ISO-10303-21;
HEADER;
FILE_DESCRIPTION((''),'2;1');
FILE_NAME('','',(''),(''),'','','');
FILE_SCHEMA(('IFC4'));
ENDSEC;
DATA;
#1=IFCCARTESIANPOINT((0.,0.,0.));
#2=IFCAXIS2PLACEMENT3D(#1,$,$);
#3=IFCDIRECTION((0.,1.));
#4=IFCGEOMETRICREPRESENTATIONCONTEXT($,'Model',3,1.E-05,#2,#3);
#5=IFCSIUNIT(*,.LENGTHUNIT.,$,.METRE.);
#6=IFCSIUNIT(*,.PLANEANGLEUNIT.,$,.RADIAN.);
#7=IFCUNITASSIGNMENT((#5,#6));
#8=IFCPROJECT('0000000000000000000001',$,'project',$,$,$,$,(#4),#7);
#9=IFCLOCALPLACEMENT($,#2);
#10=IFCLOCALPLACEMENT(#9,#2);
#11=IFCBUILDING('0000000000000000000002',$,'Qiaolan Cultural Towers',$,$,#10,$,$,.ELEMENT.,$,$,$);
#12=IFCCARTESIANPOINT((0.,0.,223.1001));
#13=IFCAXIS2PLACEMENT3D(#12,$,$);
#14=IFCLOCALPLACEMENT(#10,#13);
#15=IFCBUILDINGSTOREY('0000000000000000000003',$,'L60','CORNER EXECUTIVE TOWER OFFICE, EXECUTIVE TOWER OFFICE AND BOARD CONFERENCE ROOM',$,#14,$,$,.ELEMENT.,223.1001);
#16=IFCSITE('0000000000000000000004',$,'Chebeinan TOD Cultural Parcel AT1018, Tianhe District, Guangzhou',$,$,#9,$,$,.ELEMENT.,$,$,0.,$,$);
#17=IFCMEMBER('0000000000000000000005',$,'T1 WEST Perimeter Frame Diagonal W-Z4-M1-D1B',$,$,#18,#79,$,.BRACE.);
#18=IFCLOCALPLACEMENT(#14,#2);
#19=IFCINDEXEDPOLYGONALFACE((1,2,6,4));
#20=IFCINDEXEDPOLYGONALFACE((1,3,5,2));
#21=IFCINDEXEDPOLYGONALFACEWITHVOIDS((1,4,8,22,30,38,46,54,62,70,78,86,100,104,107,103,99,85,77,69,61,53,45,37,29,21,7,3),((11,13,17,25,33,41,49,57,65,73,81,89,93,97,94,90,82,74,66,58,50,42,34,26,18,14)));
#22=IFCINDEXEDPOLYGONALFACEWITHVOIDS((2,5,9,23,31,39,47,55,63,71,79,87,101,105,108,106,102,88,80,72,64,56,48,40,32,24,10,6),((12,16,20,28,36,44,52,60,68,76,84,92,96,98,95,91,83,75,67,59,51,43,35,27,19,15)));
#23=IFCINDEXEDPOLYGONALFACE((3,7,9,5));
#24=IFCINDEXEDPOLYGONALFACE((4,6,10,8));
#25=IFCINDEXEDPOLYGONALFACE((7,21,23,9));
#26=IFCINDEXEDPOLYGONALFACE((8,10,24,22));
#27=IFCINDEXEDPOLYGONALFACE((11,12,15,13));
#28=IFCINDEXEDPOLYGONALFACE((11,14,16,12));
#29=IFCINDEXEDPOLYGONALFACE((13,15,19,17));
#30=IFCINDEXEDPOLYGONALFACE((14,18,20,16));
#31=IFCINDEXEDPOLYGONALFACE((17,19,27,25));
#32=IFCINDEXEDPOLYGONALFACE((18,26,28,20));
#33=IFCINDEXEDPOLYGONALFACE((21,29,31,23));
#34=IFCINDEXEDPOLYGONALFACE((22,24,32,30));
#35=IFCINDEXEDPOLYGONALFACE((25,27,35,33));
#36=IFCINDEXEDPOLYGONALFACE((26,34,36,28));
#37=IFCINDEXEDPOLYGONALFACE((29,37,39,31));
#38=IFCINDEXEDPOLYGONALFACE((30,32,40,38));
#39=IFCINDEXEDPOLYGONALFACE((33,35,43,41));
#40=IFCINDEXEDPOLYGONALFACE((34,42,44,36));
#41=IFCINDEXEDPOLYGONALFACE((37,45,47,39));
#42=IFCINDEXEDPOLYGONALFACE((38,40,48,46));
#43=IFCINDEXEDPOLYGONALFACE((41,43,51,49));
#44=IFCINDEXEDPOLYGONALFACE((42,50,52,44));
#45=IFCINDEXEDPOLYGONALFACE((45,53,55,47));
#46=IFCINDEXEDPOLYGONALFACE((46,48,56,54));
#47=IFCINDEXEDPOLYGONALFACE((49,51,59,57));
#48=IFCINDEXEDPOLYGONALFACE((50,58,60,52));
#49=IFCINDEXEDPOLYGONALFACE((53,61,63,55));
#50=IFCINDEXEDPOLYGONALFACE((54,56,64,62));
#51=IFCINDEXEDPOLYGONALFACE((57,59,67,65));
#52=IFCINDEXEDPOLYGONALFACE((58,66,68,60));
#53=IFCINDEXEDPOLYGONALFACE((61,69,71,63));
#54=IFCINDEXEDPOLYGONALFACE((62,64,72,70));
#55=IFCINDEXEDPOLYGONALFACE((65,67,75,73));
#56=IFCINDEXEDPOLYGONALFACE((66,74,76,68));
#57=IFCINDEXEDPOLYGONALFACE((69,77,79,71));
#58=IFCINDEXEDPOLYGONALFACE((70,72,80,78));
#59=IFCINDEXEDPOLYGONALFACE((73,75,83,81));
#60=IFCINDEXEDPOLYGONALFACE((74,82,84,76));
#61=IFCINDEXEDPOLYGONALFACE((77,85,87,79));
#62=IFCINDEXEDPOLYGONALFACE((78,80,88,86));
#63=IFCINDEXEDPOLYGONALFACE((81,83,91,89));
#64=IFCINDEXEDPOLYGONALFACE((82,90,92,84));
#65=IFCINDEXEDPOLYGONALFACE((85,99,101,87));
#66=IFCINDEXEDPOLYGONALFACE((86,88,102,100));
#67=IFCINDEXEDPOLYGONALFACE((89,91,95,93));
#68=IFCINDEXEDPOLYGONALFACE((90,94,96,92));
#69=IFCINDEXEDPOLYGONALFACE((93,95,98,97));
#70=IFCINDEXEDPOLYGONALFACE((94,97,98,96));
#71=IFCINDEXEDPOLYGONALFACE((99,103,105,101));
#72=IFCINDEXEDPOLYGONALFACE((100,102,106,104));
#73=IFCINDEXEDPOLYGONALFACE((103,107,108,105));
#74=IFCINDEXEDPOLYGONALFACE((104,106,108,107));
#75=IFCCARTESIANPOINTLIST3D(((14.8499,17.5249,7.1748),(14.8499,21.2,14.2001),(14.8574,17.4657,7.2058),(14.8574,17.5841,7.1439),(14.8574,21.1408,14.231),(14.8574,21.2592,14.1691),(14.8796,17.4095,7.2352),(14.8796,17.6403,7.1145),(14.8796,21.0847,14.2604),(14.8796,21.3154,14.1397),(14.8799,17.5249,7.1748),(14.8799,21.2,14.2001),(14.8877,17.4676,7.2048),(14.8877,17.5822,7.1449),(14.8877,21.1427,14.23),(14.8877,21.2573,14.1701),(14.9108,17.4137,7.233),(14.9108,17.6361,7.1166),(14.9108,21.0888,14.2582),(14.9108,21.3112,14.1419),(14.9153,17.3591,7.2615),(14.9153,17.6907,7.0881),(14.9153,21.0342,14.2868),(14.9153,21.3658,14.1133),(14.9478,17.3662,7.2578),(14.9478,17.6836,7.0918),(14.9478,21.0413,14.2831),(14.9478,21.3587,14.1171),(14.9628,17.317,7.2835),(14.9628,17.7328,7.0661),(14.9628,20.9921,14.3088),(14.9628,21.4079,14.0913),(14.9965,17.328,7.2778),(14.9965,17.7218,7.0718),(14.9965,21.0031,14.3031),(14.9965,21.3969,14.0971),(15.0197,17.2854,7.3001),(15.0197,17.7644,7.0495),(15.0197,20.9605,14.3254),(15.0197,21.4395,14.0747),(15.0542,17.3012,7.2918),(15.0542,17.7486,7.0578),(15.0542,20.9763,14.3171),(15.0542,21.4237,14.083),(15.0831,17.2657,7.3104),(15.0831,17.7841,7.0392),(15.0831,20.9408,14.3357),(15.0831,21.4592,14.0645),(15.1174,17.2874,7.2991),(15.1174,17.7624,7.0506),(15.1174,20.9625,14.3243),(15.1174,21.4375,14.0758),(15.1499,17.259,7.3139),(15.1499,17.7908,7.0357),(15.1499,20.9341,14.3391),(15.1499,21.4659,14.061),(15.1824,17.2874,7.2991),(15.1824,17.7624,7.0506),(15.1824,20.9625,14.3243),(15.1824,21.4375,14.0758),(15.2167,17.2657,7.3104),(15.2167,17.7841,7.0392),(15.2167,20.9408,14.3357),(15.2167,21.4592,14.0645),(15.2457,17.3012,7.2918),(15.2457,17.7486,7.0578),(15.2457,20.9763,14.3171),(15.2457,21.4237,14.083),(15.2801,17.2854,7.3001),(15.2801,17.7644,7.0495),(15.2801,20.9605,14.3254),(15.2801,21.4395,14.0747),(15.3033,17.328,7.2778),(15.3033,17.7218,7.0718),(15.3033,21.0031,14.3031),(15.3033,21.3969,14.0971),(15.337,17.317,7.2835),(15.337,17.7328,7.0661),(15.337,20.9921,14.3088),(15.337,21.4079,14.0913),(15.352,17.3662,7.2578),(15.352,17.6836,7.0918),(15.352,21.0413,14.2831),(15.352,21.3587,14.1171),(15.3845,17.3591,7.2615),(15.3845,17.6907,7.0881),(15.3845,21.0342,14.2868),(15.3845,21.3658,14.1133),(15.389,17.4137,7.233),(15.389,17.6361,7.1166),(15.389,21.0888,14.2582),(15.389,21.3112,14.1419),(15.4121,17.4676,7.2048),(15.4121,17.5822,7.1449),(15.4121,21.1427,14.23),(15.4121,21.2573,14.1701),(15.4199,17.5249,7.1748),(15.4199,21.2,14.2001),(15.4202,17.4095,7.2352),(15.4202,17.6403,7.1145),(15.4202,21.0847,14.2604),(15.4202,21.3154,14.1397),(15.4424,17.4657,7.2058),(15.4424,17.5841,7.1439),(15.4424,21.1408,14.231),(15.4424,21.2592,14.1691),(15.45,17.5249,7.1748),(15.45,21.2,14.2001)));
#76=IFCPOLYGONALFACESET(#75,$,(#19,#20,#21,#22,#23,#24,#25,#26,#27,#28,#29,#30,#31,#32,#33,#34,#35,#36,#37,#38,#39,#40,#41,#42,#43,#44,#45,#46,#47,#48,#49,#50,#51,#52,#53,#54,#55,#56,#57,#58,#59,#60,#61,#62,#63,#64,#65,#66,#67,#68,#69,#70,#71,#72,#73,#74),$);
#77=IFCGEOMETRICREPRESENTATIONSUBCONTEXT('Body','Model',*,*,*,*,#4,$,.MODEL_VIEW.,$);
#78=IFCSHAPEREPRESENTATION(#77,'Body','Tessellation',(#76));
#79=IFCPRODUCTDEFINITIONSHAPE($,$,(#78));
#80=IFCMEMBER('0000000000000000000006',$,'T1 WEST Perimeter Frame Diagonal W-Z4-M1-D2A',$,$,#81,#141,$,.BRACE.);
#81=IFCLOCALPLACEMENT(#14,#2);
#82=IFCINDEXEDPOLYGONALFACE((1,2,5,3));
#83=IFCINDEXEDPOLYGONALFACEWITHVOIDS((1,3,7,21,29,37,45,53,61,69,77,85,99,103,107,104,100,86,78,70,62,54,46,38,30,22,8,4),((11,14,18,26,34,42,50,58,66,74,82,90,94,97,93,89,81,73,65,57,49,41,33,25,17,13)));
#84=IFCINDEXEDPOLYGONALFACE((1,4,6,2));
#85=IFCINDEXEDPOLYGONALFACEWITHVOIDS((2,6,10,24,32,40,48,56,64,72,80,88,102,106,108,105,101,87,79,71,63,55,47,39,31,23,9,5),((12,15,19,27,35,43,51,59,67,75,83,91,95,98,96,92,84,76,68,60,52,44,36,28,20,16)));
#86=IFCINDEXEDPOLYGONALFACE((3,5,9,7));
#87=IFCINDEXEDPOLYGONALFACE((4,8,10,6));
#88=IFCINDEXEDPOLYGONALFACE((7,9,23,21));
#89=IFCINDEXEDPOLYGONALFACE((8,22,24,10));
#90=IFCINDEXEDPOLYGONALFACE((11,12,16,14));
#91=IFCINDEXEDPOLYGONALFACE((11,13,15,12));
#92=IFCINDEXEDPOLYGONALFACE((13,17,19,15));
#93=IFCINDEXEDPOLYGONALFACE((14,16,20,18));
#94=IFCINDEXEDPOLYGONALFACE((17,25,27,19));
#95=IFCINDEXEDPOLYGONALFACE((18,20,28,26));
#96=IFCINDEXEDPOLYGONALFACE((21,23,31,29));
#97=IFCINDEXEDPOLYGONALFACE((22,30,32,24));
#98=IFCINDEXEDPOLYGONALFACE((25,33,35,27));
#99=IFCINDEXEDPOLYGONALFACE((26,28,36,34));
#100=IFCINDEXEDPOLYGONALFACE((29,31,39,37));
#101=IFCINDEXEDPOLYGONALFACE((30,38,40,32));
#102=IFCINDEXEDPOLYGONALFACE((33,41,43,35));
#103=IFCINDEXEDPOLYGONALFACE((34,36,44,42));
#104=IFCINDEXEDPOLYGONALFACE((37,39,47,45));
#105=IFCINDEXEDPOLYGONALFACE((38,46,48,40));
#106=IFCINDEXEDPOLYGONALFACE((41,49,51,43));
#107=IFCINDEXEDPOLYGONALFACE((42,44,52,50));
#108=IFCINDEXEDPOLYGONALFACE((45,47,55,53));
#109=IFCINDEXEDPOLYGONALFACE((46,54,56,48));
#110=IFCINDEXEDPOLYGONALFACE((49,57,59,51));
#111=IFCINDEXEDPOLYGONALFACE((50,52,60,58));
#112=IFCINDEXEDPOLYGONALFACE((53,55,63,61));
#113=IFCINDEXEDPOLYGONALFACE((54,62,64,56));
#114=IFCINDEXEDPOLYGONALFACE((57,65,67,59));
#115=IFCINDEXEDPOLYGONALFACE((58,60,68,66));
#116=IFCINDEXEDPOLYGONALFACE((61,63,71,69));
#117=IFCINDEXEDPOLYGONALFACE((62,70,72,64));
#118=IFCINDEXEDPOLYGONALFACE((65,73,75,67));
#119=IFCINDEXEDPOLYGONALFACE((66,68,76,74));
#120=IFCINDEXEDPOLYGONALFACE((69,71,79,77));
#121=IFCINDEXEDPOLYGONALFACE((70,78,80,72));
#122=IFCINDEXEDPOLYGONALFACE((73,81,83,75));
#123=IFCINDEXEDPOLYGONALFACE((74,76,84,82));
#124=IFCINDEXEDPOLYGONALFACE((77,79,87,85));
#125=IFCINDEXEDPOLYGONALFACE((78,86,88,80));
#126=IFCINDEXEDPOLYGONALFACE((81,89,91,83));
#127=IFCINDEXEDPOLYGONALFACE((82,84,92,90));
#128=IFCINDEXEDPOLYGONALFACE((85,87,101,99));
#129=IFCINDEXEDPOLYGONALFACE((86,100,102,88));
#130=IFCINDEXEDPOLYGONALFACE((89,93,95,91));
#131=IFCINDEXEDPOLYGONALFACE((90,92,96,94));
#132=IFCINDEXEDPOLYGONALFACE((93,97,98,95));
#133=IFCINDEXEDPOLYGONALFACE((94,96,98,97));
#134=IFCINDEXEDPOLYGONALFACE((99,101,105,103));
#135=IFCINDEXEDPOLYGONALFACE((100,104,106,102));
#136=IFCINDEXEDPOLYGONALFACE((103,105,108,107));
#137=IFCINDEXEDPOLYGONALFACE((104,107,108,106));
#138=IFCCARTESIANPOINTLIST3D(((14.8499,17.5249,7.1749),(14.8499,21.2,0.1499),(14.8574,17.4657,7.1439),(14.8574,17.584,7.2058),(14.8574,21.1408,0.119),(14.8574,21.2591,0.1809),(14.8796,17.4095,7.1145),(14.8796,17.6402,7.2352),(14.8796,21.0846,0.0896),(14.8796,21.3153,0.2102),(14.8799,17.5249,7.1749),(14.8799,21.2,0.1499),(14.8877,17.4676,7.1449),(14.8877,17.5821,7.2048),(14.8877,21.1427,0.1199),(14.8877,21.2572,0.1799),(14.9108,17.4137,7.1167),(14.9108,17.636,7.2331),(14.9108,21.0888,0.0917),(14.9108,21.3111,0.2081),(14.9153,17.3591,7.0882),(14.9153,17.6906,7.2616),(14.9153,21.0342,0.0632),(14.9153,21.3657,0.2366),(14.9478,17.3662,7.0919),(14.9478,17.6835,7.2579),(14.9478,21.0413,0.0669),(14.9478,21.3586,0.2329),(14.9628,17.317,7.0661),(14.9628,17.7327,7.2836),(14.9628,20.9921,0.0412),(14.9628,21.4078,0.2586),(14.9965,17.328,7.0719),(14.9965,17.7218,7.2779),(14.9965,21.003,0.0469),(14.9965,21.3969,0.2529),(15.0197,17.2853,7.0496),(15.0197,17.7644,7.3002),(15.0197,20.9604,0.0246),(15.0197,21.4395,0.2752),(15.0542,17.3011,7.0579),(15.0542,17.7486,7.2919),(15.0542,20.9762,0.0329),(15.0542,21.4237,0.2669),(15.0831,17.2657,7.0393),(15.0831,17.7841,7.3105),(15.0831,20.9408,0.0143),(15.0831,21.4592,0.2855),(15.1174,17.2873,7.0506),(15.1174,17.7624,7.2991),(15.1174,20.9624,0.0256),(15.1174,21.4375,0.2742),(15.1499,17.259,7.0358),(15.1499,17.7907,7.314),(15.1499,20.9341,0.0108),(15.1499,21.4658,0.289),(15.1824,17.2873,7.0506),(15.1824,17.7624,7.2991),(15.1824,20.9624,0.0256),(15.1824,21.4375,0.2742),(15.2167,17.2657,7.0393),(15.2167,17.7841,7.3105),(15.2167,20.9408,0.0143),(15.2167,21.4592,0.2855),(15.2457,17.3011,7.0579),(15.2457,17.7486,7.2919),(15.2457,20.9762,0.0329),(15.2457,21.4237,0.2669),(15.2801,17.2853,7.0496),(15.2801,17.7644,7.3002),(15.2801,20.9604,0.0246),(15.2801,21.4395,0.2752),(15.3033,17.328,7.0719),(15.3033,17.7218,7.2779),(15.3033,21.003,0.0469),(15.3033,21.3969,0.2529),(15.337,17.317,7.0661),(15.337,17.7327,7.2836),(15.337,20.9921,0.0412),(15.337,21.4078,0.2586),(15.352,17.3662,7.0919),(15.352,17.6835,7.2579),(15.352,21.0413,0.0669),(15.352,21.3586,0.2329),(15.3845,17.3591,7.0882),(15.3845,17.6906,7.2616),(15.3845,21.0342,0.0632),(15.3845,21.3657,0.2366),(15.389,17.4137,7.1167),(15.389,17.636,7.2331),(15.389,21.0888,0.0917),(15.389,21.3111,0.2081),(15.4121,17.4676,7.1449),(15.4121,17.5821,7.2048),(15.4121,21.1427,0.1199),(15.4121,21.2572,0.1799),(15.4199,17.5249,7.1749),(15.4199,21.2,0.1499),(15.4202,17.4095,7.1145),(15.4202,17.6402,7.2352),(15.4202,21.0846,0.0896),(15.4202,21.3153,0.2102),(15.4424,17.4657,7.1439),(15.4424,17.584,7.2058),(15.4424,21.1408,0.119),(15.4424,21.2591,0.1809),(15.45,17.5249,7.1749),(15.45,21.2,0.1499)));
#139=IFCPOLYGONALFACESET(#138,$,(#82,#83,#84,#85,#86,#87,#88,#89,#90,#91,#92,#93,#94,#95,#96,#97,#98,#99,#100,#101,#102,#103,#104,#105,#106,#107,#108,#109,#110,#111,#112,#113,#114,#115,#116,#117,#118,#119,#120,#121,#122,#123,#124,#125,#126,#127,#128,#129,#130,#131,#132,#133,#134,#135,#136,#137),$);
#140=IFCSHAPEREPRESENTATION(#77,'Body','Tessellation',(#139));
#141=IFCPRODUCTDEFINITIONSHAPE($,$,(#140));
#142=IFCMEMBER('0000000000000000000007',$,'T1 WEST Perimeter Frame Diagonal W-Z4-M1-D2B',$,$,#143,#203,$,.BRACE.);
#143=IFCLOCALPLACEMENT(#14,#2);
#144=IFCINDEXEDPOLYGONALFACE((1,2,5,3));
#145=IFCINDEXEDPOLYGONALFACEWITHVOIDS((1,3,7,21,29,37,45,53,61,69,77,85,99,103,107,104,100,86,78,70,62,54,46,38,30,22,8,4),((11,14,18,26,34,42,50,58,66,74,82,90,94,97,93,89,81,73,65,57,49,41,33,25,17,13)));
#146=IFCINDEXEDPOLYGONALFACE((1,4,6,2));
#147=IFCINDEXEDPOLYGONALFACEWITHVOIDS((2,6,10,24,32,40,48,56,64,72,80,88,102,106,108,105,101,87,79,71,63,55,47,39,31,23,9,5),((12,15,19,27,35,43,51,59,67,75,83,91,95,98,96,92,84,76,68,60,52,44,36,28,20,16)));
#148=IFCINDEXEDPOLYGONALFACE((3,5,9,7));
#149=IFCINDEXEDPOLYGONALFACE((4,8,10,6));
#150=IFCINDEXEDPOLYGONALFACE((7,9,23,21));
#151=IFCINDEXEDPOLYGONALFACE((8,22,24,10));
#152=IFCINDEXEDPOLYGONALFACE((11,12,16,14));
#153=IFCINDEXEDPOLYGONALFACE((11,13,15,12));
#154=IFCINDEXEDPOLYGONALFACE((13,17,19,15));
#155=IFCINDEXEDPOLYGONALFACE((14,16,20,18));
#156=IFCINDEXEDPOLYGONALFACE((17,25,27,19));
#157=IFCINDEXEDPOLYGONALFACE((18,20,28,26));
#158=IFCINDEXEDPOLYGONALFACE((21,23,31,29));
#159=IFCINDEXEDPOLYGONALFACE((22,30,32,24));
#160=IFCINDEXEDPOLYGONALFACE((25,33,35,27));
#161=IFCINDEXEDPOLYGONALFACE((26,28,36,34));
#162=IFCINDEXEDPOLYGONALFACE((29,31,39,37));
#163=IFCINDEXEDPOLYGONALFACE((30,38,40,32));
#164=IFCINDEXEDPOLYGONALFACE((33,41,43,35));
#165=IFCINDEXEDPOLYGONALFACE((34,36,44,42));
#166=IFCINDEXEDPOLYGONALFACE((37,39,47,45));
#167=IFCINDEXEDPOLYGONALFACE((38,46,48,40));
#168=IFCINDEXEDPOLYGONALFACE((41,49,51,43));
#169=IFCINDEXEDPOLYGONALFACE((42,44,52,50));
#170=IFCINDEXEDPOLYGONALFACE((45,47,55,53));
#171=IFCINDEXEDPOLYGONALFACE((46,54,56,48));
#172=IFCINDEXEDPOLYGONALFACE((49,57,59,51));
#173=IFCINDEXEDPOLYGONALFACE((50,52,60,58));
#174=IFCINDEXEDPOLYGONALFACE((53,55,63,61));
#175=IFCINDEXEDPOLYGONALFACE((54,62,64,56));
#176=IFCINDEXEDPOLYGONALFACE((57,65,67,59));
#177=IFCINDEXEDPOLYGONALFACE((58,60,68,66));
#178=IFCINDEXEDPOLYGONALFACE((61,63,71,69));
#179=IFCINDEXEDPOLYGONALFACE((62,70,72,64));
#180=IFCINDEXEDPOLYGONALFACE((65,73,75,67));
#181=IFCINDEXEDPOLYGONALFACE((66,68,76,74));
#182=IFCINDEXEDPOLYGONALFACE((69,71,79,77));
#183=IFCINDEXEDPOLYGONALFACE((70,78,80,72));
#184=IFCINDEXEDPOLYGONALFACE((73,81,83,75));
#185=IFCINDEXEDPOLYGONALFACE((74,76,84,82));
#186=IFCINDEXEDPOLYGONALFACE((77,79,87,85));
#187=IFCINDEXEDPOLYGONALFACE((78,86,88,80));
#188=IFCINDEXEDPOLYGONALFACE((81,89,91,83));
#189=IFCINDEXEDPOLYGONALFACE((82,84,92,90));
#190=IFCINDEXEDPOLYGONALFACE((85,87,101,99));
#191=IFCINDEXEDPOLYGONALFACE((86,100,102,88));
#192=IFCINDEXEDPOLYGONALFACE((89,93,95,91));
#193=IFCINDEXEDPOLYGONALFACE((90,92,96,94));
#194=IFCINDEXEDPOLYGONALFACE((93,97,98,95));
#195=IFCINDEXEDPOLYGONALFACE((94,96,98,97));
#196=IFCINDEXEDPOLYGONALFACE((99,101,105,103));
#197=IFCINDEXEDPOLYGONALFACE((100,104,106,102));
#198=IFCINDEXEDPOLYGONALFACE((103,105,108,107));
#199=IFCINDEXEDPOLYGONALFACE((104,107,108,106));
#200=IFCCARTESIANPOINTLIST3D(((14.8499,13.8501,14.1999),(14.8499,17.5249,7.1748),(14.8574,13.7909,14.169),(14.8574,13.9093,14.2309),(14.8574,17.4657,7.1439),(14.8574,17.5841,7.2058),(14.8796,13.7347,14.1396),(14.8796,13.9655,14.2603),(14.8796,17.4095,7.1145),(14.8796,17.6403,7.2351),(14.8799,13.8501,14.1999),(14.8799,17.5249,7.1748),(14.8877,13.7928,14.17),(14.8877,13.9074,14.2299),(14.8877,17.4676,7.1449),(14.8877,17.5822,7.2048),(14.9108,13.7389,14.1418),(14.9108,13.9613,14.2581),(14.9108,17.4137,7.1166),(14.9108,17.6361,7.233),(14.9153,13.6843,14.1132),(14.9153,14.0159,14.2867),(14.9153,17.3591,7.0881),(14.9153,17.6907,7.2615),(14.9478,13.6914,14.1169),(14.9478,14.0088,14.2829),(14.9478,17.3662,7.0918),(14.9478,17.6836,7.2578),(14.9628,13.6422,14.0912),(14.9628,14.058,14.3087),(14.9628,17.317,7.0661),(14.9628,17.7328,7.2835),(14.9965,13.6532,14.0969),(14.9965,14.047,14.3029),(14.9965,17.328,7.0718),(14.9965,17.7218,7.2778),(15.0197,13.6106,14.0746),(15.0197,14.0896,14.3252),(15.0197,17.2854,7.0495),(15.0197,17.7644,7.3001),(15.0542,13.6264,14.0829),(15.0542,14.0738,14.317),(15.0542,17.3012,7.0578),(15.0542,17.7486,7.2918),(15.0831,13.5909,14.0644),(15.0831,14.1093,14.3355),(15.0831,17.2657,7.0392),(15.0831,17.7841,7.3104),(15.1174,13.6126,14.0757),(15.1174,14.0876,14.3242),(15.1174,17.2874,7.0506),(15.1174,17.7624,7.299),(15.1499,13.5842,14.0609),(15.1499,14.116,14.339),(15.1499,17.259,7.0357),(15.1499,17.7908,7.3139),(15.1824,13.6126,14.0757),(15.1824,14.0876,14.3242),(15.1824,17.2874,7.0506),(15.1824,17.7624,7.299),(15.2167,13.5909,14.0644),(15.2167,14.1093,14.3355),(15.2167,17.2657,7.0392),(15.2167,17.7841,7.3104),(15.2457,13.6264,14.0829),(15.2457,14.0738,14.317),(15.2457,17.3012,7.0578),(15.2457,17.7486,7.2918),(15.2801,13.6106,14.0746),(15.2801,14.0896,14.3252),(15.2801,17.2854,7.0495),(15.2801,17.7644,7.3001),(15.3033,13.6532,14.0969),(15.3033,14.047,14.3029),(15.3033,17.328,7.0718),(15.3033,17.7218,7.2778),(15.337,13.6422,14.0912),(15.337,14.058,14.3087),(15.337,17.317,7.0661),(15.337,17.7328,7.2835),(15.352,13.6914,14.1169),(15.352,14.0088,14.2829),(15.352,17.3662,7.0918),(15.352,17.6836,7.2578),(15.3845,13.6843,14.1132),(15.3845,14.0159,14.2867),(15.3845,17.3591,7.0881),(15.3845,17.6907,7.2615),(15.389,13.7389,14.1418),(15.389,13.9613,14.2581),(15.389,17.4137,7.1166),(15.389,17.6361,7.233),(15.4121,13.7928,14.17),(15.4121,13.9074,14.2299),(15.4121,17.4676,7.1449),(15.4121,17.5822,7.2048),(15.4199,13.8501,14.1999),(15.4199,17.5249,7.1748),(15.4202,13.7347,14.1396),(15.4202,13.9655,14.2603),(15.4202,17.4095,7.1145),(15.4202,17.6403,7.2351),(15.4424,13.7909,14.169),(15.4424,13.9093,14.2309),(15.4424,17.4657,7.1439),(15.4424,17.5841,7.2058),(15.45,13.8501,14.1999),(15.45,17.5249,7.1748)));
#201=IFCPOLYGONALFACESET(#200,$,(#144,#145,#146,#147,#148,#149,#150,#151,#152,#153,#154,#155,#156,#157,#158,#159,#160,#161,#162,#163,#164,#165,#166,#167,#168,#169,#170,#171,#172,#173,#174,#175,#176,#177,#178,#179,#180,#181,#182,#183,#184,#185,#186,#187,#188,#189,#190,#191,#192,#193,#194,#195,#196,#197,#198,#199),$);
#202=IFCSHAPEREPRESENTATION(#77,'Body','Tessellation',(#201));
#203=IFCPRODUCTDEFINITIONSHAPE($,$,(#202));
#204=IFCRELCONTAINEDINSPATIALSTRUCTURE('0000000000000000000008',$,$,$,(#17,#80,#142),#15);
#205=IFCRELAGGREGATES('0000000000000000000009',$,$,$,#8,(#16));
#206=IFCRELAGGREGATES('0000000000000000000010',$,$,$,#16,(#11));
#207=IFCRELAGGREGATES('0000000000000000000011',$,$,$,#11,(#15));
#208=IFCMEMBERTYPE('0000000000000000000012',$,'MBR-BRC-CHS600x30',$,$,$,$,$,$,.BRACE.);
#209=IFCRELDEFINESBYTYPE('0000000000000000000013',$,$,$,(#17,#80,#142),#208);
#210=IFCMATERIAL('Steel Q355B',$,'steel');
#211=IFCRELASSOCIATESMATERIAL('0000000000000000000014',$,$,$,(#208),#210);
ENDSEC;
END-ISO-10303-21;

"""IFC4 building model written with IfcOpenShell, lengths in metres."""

from ifc_helpers import new_model, si_unit, direction, frame, origin, origin_2d, place, context, subcontext, project, spatial, hollow_circle, extrude, material, material_profile, profile_set, type_object, element, save


model = new_model("IFC4")

# Units and contexts
model_context = context("Model", 3, precision=1e-05, world=origin(), true_north=direction((0.0, 1.0)))
body_context = subcontext(model_context, "Body", "Model", "MODEL_VIEW")
ifc_project = project(units=[si_unit("LENGTHUNIT", "METRE"), si_unit("PLANEANGLEUNIT", "RADIAN")], contexts=[model_context])

# Site, building, storey
site_placement = place(None, origin())
site = spatial("IfcSite", under=ifc_project, at=site_placement, Name="Chebeinan TOD Cultural Parcel AT1018, Tianhe District, Guangzhou", CompositionType="ELEMENT", RefElevation=0.0)
building_placement = place(site_placement, origin())
building = spatial("IfcBuilding", under=site, at=building_placement, Name="Qiaolan Cultural Towers", CompositionType="ELEMENT")
storey_placement = place(building_placement, frame((0.0, 0.0, 223.1001)))
storey = spatial("IfcBuildingStorey", under=building, at=storey_placement, Name="L60", Description="CORNER EXECUTIVE TOWER OFFICE, EXECUTIVE TOWER OFFICE AND BOARD CONFERENCE ROOM", CompositionType="ELEMENT", Elevation=223.1001)

# Members
ifc_material_1 = material(Name="Steel Q355B", Category="steel")
ifc_material_profile_1 = material_profile(ifc_material_1, hollow_circle(Radius=0.3, WallThickness=0.03, at=origin_2d()), Name="CHS600x30")
ifc_profile_set_1 = profile_set([ifc_material_profile_1], Name="Steel Q355B")
member_type = type_object("IfcMemberType", Name="MBR-BRC-CHS600x30", PredefinedType="BRACE", material=ifc_profile_set_1)
member_placement = place(storey_placement, frame((15.1499, 17.5249, 7.1748), z_axis=(0.0, 0.463533, 0.88608), x_axis=(-1.0, 0.0, 0.0)))
element("IfcMember", 1, at=member_placement, inside=storey, type_object=member_type, Name="T1 WEST Perimeter Frame Diagonal W-Z4-M1-D1B", PredefinedType="BRACE", context=body_context, shape_type="SweptSolid", body=[
    extrude(hollow_circle(Radius=0.3, WallThickness=0.03, at=origin_2d()), origin(), (0.0, 0.0, 1.0), 7.9285),
])
for number, where, z_axis, x_axis, name in (
    (2, (15.1499, 21.2, 0.1499), (0.0, -0.463546, 0.886073), (1.0, 0.0, 0.0), "T1 WEST Perimeter Frame Diagonal W-Z4-M1-D2A"),
    (3, (15.1499, 17.5249, 7.1748), (0.0, -0.463509, 0.886092), (1.0, 0.0, 0.0), "T1 WEST Perimeter Frame Diagonal W-Z4-M1-D2B"),
):
    element("IfcMember", number, at=place(storey_placement, frame(where, z_axis=z_axis, x_axis=x_axis)), inside=storey, type_object=member_type, Name=name, PredefinedType="BRACE", context=body_context, shape_type="SweptSolid", body=[
        extrude(hollow_circle(Radius=0.3, WallThickness=0.03, at=origin_2d()), origin(), (0.0, 0.0, 1.0), 7.9282),
    ])

save(model, "model.ifc")
